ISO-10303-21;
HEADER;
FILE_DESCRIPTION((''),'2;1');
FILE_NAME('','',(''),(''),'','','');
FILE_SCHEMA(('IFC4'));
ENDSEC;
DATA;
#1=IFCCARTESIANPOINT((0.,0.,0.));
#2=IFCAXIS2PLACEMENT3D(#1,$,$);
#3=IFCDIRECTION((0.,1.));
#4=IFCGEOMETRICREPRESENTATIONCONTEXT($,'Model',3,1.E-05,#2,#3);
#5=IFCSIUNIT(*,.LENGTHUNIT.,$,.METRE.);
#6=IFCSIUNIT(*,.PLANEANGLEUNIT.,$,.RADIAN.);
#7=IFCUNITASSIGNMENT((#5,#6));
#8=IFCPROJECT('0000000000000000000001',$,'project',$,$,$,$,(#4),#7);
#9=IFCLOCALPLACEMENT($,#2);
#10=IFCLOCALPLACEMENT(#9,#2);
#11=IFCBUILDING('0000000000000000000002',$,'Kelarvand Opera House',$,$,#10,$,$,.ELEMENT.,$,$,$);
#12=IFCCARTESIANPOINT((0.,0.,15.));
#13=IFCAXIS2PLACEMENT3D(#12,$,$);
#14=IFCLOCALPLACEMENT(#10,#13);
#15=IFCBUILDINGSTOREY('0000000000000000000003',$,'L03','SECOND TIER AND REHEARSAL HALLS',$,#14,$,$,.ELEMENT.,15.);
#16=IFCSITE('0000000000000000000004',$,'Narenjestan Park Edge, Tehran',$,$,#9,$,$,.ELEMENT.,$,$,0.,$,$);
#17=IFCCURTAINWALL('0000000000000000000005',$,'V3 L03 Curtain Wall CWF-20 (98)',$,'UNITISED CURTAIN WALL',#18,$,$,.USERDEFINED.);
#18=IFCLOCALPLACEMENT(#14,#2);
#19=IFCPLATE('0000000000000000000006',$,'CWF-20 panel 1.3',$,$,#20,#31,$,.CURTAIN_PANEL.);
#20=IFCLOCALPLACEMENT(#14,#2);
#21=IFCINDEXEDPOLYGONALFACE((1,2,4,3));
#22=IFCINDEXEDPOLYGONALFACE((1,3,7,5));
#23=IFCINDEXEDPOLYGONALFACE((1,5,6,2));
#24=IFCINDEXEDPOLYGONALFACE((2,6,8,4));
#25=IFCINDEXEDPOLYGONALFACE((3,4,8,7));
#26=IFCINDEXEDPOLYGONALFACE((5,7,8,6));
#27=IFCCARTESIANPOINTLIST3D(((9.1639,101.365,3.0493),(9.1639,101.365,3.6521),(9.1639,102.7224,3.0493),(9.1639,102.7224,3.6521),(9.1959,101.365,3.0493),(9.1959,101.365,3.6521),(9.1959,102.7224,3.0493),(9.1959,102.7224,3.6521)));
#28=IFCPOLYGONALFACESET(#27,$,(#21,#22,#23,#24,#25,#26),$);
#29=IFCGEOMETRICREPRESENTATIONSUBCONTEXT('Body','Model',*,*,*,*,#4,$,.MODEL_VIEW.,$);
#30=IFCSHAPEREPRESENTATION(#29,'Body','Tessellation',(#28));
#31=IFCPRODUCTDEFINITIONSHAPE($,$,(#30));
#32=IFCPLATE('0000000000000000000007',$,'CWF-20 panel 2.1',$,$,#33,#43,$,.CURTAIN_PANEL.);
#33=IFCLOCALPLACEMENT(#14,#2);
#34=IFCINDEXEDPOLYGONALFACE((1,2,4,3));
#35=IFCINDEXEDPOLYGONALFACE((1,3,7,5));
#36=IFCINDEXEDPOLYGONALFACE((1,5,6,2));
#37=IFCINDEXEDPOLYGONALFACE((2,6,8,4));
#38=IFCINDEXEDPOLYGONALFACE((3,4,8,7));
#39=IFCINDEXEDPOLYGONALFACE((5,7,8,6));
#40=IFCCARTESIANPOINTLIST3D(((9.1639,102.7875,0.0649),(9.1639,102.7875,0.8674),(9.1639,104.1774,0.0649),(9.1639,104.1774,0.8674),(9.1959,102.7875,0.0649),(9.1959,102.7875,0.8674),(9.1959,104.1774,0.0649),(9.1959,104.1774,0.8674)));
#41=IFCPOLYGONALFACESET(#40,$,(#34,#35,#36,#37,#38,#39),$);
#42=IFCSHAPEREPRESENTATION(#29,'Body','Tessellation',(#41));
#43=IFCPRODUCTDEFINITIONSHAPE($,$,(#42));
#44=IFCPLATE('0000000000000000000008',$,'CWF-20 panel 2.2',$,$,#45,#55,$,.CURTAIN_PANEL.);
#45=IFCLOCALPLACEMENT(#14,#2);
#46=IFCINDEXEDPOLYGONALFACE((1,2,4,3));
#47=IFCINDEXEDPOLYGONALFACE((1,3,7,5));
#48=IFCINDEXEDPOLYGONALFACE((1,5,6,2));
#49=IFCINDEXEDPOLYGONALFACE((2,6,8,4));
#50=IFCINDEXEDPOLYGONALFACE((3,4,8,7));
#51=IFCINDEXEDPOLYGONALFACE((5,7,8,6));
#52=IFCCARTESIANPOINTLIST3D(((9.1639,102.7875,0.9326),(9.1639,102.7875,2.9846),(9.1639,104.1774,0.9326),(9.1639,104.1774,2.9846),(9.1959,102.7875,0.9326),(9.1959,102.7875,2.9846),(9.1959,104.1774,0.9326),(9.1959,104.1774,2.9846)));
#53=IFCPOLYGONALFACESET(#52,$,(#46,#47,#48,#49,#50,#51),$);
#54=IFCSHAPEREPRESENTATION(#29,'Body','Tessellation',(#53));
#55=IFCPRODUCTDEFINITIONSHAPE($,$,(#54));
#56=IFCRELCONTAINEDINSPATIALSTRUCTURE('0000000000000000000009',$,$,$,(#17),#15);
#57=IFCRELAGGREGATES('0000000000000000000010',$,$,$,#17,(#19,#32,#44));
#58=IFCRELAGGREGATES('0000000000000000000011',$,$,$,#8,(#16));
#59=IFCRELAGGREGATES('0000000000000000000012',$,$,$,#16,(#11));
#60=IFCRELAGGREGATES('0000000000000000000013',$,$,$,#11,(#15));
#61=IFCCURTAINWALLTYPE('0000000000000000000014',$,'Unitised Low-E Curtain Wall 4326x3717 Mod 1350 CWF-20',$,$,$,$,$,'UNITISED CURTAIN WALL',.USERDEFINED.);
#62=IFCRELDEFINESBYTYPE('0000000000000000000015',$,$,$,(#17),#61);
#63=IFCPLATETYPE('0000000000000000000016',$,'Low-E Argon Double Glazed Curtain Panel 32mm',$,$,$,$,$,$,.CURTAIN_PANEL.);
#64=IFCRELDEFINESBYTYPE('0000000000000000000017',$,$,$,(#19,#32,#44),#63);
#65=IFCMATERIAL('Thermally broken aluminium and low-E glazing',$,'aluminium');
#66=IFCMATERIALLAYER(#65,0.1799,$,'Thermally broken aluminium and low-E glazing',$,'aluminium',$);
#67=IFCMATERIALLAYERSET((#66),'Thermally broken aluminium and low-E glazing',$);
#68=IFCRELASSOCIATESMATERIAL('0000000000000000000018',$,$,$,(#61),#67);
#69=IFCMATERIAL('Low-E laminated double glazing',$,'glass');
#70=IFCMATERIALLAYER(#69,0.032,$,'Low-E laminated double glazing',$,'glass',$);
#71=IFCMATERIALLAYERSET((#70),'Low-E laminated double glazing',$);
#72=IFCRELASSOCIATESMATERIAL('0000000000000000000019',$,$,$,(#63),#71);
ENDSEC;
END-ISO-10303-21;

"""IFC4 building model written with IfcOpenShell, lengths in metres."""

from ifc_helpers import new_model, si_unit, direction, frame, origin, origin_2d, place, context, subcontext, project, spatial, rectangle, extrude, material, layer, layer_set, type_object, element, aggregate, save


model = new_model("IFC4")

# Units and contexts
model_context = context("Model", 3, precision=1e-05, world=origin(), true_north=direction((0.0, 1.0)))
body_context = subcontext(model_context, "Body", "Model", "MODEL_VIEW")
ifc_project = project(units=[si_unit("LENGTHUNIT", "METRE"), si_unit("PLANEANGLEUNIT", "RADIAN")], contexts=[model_context])

# Site, building, storey
site_placement = place(None, origin())
site = spatial("IfcSite", under=ifc_project, at=site_placement, Name="Narenjestan Park Edge, Tehran", CompositionType="ELEMENT", RefElevation=0.0)
building_placement = place(site_placement, origin())
building = spatial("IfcBuilding", under=site, at=building_placement, Name="Kelarvand Opera House", CompositionType="ELEMENT")
storey_placement = place(building_placement, frame((0.0, 0.0, 15.0)))
storey = spatial("IfcBuildingStorey", under=building, at=storey_placement, Name="L03", Description="SECOND TIER AND REHEARSAL HALLS", CompositionType="ELEMENT", Elevation=15.0)

# Curtain wall
ifc_material_1 = material(Name="Thermally broken aluminium and low-E glazing", Category="aluminium")
ifc_layer_1 = layer(ifc_material_1, 0.1799, Name="Thermally broken aluminium and low-E glazing", Category="aluminium")
ifc_layer_set_1 = layer_set([ifc_layer_1], Name="Thermally broken aluminium and low-E glazing")
curtain_wall_type = type_object("IfcCurtainWallType", Name="Unitised Low-E Curtain Wall 4326x3717 Mod 1350 CWF-20", ElementType="UNITISED CURTAIN WALL", PredefinedType="USERDEFINED", material=ifc_layer_set_1)
curtain_wall_1_placement = place(storey_placement, origin())
curtain_wall_1 = element("IfcCurtainWall", 1, at=curtain_wall_1_placement, inside=storey, type_object=curtain_wall_type, Name="V3 L03 Curtain Wall CWF-20 (98)", ObjectType="UNITISED CURTAIN WALL", PredefinedType="USERDEFINED")

# Plates
ifc_material_2 = material(Name="Low-E laminated double glazing", Category="glass")
ifc_layer_2 = layer(ifc_material_2, 0.032, Name="Low-E laminated double glazing", Category="glass")
ifc_layer_set_2 = layer_set([ifc_layer_2], Name="Low-E laminated double glazing")
plate_type = type_object("IfcPlateType", Name="Low-E Argon Double Glazed Curtain Panel 32mm", PredefinedType="CURTAIN_PANEL", material=ifc_layer_set_2)
plate_1_placement = place(storey_placement, frame((9.1799, 102.0437, 3.0493), z_axis=(0.0, 0.0, 1.0), x_axis=(0.0, 1.0, 0.0)))
plate_1 = element("IfcPlate", 2, at=plate_1_placement, type_object=plate_type, Name="CWF-20 panel 1.3", PredefinedType="CURTAIN_PANEL", context=body_context, shape_type="SweptSolid", body=[
    extrude(rectangle(XDim=1.3574, YDim=0.032, at=origin_2d()), origin(), (0.0, 0.0, 1.0), 0.6028),
])
plate_2_placement = place(storey_placement, frame((9.1799, 103.4824, 0.0649), z_axis=(0.0, 0.0, 1.0), x_axis=(0.0, 1.0, 0.0)))
plate_2 = element("IfcPlate", 3, at=plate_2_placement, type_object=plate_type, Name="CWF-20 panel 2.1", PredefinedType="CURTAIN_PANEL", context=body_context, shape_type="SweptSolid", body=[
    extrude(rectangle(XDim=1.3899, YDim=0.032, at=origin_2d()), origin(), (0.0, 0.0, 1.0), 0.8025),
])
plate_3_placement = place(storey_placement, frame((9.1799, 103.4824, 0.9326), z_axis=(0.0, 0.0, 1.0), x_axis=(0.0, 1.0, 0.0)))
plate_3 = element("IfcPlate", 4, at=plate_3_placement, type_object=plate_type, Name="CWF-20 panel 2.2", PredefinedType="CURTAIN_PANEL", context=body_context, shape_type="SweptSolid", body=[
    extrude(rectangle(XDim=1.3899, YDim=0.032, at=origin_2d()), origin(), (0.0, 0.0, 1.0), 2.052),
])
aggregate(curtain_wall_1, [plate_1, plate_2, plate_3])

save(model, "model.ifc")
